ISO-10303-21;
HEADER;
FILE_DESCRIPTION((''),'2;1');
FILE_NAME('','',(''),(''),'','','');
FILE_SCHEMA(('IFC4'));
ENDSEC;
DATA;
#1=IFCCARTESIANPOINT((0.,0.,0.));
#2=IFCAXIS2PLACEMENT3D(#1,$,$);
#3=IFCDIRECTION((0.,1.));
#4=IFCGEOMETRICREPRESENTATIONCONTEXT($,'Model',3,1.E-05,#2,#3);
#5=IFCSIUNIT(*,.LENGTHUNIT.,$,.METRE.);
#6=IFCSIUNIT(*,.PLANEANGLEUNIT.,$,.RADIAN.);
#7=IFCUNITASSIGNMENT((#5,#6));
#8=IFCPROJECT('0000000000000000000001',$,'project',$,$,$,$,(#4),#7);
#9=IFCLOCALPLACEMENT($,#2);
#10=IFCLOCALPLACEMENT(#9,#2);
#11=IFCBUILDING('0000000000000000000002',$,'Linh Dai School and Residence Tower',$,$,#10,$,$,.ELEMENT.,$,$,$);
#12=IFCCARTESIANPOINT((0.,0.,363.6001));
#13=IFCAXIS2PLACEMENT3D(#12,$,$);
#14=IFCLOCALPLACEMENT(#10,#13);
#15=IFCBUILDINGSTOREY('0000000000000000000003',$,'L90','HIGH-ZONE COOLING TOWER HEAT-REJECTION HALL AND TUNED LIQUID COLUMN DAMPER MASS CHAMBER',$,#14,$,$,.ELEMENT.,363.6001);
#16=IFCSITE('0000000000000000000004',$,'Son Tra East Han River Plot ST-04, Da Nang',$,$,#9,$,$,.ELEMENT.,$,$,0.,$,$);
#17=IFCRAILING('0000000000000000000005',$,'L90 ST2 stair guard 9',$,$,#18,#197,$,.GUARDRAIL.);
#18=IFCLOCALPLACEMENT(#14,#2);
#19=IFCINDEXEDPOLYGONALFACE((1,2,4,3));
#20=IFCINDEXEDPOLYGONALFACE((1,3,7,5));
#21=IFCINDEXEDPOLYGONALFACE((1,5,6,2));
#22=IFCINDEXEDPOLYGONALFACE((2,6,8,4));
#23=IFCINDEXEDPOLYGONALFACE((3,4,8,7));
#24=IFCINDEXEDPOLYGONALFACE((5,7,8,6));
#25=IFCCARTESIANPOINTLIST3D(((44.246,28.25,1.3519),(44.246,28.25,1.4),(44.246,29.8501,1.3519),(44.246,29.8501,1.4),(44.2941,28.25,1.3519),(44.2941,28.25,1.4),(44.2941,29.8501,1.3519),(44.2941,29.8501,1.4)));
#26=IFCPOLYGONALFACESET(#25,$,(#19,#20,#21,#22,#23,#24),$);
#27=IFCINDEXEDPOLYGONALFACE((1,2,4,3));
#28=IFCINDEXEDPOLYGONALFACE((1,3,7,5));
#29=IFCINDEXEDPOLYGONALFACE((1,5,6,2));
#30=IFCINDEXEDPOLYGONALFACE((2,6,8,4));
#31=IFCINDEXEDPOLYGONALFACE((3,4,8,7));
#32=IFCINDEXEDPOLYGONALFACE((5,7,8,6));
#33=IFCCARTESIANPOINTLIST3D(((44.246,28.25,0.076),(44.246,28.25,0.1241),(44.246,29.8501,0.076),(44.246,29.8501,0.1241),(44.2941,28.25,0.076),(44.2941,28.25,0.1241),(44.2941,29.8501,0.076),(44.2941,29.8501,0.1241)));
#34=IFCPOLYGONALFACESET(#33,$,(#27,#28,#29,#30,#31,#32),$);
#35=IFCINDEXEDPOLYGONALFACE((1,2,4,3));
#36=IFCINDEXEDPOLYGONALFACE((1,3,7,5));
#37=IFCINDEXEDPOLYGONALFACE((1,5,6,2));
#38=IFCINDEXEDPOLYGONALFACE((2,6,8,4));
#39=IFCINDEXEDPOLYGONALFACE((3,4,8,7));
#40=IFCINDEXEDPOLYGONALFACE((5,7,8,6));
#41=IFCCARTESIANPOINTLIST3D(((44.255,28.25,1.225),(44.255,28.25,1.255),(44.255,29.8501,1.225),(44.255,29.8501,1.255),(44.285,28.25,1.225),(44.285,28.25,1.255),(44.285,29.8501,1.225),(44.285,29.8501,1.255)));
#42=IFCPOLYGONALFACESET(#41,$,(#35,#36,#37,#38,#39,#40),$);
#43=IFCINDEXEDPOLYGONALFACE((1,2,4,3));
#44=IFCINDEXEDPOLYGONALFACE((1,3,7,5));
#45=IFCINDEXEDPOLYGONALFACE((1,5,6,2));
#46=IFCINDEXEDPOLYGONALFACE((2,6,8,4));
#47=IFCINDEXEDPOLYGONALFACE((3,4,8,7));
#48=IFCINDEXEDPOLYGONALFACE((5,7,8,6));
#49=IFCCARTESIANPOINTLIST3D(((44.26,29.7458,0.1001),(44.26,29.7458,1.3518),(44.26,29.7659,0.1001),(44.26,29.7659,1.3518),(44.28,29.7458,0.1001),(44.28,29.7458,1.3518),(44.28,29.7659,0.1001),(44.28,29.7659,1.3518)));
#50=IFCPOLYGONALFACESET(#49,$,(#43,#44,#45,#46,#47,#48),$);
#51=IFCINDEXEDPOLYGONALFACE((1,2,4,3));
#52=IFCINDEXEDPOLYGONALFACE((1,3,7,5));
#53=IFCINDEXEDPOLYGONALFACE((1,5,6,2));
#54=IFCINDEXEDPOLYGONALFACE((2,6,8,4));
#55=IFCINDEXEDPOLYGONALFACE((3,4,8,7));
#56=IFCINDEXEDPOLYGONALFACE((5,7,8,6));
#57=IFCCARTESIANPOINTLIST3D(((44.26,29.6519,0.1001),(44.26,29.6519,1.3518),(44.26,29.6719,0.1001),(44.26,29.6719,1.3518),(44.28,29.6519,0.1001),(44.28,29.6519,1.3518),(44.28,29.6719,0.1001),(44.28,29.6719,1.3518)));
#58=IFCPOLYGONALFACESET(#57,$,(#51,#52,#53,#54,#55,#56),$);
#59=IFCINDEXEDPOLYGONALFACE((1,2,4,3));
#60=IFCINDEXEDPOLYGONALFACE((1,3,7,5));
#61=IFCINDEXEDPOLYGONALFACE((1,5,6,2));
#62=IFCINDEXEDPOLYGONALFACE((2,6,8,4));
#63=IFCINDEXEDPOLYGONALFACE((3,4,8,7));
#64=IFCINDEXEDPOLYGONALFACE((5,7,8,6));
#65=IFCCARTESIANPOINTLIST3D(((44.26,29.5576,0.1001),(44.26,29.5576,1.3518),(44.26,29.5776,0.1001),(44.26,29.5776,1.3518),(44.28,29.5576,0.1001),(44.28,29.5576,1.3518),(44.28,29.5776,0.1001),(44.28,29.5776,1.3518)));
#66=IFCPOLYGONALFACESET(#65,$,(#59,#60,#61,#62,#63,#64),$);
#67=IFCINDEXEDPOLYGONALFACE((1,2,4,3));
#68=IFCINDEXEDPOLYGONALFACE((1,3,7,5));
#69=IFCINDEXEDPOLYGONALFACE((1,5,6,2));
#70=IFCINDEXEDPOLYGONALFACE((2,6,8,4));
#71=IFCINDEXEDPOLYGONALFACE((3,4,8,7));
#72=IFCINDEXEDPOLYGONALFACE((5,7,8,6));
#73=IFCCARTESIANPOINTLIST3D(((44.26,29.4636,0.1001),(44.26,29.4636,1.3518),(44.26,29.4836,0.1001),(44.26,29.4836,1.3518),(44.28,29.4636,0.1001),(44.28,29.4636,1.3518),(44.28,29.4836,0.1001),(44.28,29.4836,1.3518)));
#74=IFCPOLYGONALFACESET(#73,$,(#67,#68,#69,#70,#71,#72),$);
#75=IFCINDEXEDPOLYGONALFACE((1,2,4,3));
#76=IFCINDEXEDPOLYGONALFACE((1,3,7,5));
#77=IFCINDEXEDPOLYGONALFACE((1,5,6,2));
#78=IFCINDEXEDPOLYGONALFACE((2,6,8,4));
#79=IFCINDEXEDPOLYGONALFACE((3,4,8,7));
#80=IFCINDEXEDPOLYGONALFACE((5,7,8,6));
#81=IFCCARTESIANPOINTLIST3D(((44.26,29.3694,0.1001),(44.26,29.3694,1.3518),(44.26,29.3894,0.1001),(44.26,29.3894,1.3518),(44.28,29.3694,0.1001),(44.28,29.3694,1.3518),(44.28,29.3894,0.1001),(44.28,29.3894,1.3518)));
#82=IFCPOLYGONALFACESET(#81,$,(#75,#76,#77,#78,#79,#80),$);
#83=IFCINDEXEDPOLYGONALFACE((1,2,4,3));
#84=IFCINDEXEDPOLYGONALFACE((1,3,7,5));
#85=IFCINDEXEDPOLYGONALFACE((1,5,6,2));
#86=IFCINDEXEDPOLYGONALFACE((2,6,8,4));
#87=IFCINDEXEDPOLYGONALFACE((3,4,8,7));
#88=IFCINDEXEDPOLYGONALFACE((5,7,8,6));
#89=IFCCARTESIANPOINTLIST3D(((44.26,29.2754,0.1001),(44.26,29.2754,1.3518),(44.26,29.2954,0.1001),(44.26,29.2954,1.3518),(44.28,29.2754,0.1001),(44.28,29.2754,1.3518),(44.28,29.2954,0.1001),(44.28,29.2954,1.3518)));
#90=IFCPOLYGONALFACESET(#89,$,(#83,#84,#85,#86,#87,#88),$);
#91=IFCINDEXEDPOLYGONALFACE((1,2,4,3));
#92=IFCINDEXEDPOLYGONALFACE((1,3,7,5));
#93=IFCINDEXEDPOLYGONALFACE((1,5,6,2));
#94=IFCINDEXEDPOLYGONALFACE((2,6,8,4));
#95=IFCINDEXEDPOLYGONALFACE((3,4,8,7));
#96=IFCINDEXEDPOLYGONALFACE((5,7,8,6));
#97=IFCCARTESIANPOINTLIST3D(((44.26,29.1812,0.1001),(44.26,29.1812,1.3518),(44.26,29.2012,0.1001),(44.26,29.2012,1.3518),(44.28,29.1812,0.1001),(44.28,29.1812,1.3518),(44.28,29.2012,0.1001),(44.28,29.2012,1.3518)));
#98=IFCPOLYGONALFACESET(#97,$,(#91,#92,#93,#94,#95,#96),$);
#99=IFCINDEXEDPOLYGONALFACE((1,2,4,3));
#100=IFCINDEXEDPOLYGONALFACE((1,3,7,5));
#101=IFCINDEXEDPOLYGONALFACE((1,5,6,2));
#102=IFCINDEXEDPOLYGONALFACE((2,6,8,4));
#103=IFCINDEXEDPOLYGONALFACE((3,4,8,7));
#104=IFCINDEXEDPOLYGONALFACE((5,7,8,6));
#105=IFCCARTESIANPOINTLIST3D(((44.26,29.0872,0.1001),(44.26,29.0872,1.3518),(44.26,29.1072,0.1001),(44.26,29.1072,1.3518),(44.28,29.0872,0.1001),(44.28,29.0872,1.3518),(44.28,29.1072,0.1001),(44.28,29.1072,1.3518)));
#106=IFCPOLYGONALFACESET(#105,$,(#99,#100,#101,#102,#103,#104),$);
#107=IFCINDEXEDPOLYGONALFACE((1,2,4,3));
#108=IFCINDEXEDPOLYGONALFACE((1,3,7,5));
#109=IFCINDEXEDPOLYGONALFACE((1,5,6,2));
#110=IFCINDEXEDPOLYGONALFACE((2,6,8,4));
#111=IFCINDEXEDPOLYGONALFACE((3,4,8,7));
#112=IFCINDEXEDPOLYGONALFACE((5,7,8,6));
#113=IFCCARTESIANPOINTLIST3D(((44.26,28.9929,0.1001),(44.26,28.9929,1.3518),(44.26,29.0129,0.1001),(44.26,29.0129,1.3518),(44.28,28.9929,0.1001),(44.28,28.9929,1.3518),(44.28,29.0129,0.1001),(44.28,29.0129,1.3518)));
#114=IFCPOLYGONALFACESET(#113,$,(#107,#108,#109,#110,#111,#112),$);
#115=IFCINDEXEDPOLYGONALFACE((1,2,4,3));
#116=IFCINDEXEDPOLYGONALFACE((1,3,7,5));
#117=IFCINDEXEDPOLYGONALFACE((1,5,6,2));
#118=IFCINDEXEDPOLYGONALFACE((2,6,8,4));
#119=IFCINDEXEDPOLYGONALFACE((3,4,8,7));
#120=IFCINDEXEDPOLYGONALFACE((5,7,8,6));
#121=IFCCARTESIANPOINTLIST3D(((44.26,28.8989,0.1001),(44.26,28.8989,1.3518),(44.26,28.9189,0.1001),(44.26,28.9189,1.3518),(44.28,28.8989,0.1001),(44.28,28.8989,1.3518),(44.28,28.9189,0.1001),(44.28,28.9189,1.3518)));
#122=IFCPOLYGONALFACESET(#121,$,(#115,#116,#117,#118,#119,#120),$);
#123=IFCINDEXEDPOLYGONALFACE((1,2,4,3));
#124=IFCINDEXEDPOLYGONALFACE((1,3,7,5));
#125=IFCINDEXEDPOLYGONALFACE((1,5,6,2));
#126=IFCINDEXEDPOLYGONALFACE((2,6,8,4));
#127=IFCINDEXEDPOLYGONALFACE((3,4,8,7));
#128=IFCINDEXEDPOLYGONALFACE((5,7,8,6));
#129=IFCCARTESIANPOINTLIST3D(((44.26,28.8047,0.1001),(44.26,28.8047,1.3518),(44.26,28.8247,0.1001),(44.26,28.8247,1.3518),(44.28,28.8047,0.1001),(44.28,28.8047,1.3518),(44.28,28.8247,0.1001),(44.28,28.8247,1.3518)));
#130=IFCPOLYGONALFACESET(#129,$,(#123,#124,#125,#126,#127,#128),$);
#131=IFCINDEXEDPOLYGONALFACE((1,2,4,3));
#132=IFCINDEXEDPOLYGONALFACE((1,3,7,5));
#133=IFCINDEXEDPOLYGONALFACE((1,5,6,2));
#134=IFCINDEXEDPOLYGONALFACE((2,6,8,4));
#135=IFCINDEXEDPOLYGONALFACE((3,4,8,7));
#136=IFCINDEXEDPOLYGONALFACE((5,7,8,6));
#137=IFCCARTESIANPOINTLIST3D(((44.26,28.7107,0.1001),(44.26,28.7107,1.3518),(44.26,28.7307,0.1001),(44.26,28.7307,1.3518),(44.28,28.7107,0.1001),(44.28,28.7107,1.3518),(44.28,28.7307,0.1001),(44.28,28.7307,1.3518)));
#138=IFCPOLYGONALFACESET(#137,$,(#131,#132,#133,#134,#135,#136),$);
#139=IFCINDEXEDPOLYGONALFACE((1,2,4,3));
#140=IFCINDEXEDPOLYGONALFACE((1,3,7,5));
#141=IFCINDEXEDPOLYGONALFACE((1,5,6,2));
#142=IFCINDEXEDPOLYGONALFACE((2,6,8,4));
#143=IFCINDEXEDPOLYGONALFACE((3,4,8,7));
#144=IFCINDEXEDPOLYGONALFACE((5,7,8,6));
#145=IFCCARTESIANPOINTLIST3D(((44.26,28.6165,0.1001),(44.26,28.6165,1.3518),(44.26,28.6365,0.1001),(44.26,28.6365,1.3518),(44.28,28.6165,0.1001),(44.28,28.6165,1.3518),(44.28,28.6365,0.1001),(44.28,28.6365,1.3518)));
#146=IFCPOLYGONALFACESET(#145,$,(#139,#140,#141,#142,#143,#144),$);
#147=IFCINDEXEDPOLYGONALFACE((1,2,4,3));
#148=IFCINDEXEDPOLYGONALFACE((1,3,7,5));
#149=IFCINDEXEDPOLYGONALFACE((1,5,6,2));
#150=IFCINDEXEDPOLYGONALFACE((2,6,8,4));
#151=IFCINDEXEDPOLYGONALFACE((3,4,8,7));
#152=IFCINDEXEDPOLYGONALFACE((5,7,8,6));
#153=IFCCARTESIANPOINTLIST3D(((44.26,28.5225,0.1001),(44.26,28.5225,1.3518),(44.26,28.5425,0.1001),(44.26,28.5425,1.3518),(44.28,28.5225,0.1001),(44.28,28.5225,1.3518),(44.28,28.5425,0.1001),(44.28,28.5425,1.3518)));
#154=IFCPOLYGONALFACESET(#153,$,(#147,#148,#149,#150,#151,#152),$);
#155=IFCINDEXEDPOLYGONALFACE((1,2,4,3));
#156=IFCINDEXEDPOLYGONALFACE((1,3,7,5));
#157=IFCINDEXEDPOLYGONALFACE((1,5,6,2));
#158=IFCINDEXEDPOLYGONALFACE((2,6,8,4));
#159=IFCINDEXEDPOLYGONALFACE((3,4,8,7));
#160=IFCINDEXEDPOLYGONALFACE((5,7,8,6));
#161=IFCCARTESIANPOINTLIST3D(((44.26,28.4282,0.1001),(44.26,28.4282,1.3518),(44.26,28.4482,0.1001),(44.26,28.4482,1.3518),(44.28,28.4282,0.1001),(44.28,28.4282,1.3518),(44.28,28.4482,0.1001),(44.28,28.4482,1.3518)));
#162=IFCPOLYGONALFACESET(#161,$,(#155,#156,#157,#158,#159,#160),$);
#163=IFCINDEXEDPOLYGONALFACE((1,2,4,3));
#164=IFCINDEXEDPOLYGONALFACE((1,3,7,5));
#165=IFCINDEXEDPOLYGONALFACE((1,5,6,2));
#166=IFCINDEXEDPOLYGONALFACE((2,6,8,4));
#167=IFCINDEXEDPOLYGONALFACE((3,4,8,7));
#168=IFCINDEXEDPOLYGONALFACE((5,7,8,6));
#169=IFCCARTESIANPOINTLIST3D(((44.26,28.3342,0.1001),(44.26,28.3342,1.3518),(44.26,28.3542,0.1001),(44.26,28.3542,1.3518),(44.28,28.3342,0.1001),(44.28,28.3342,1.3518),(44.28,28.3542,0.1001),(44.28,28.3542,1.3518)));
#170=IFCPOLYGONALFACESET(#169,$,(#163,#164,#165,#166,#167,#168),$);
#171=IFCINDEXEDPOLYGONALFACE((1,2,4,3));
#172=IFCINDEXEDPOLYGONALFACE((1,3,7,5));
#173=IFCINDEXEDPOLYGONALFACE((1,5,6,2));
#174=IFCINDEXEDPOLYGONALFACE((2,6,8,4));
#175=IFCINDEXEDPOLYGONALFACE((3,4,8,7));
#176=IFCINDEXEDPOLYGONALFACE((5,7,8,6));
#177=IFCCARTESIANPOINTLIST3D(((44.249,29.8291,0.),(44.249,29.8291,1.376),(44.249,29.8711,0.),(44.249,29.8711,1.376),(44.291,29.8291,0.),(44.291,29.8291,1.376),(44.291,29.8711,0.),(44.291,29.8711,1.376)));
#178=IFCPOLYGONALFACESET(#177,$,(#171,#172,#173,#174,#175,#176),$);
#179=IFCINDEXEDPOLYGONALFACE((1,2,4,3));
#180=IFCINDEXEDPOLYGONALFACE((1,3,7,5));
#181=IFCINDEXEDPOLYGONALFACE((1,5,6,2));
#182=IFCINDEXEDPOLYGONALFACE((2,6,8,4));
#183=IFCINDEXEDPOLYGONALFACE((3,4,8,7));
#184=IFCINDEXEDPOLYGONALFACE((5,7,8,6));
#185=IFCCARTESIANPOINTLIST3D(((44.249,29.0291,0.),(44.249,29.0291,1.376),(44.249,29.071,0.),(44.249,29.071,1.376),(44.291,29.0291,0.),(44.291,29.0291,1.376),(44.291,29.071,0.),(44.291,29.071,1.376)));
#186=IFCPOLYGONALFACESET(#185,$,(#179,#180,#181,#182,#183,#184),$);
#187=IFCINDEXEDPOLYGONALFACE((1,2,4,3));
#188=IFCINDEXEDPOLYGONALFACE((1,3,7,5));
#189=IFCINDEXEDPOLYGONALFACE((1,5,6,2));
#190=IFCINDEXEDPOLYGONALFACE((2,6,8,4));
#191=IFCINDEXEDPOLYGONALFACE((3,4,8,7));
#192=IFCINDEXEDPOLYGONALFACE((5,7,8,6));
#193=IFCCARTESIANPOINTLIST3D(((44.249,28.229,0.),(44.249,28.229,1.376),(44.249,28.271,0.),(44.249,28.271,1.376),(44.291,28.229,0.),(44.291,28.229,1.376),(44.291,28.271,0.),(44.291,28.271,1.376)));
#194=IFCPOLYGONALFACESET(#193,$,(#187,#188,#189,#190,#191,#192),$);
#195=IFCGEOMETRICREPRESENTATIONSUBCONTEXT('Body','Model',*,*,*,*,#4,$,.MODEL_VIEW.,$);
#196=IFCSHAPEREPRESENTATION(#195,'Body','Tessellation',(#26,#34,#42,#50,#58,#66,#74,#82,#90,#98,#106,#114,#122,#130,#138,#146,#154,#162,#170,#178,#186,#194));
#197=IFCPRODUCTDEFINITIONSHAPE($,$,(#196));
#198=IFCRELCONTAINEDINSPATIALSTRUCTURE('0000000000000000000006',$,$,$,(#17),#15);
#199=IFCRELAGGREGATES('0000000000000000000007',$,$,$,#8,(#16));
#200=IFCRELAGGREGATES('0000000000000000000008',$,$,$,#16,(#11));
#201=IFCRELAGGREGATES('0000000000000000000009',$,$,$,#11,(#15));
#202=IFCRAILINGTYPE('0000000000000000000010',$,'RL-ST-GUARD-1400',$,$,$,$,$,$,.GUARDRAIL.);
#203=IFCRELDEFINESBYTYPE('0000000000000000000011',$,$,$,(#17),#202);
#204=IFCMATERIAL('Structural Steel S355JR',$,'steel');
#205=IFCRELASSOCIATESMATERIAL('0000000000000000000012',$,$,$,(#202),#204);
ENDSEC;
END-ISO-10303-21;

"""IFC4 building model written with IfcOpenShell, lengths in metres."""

from ifc_helpers import new_model, si_unit, direction, frame, origin, origin_2d, place, context, subcontext, project, spatial, rectangle, extrude, source, transform, mapped, material, type_object, element, save


model = new_model("IFC4")

# Units and contexts
model_context = context("Model", 3, precision=1e-05, world=origin(), true_north=direction((0.0, 1.0)))
body_context = subcontext(model_context, "Body", "Model", "MODEL_VIEW")
ifc_project = project(units=[si_unit("LENGTHUNIT", "METRE"), si_unit("PLANEANGLEUNIT", "RADIAN")], contexts=[model_context])

# Site, building, storey
site_placement = place(None, origin())
site = spatial("IfcSite", under=ifc_project, at=site_placement, Name="Son Tra East Han River Plot ST-04, Da Nang", CompositionType="ELEMENT", RefElevation=0.0)
building_placement = place(site_placement, origin())
building = spatial("IfcBuilding", under=site, at=building_placement, Name="Linh Dai School and Residence Tower", CompositionType="ELEMENT")
storey_placement = place(building_placement, frame((0.0, 0.0, 363.6001)))
storey = spatial("IfcBuildingStorey", under=building, at=storey_placement, Name="L90", Description="HIGH-ZONE COOLING TOWER HEAT-REJECTION HALL AND TUNED LIQUID COLUMN DAMPER MASS CHAMBER", CompositionType="ELEMENT", Elevation=363.6001)

# Shared definitions
ifc_material_1 = material(Name="Structural Steel S355JR", Category="steel")

# Railing
railing_type_1 = type_object("IfcRailingType", Name="RL-ST-GUARD-1400", PredefinedType="GUARDRAIL", material=ifc_material_1)
shared_shape_1 = source(origin(), body_context, "Body", "SweptSolid", [
    extrude(rectangle(XDim=0.0481, YDim=0.0481, at=origin_2d()), frame((0.0, 0.0, 1.376), z_axis=(0.0, -1.0, 0.0), x_axis=(1.0, 0.0, 0.0)), (0.0, 0.0, 1.0), 1.6001),
    extrude(rectangle(XDim=0.0481, YDim=0.0481, at=origin_2d()), frame((0.0, 0.0, 0.1001), z_axis=(0.0, -1.0, 0.0), x_axis=(1.0, 0.0, 0.0)), (0.0, 0.0, 1.0), 1.6001),
    extrude(rectangle(XDim=0.03, YDim=0.03, at=origin_2d()), frame((0.0, 0.0, 1.24), z_axis=(0.0, -1.0, 0.0), x_axis=(1.0, 0.0, 0.0)), (0.0, 0.0, 1.0), 1.6001),
    extrude(rectangle(XDim=0.02, YDim=0.02, at=origin_2d()), frame((0.0, -0.0942, 0.1001)), (0.0, 0.0, 1.0), 1.2517),
    extrude(rectangle(XDim=0.02, YDim=0.02, at=origin_2d()), frame((0.0, -0.1882, 0.1001)), (0.0, 0.0, 1.0), 1.2517),
    extrude(rectangle(XDim=0.02, YDim=0.02, at=origin_2d()), frame((0.0, -0.2825, 0.1001)), (0.0, 0.0, 1.0), 1.2517),
    extrude(rectangle(XDim=0.02, YDim=0.02, at=origin_2d()), frame((0.0, -0.3765, 0.1001)), (0.0, 0.0, 1.0), 1.2517),
    extrude(rectangle(XDim=0.02, YDim=0.02, at=origin_2d()), frame((0.0, -0.4707, 0.1001)), (0.0, 0.0, 1.0), 1.2517),
    extrude(rectangle(XDim=0.02, YDim=0.02, at=origin_2d()), frame((0.0, -0.5647, 0.1001)), (0.0, 0.0, 1.0), 1.2517),
    extrude(rectangle(XDim=0.02, YDim=0.02, at=origin_2d()), frame((0.0, -0.6589, 0.1001)), (0.0, 0.0, 1.0), 1.2517),
    extrude(rectangle(XDim=0.02, YDim=0.02, at=origin_2d()), frame((0.0, -0.7529, 0.1001)), (0.0, 0.0, 1.0), 1.2517),
    extrude(rectangle(XDim=0.02, YDim=0.02, at=origin_2d()), frame((0.0, -0.8472, 0.1001)), (0.0, 0.0, 1.0), 1.2517),
    extrude(rectangle(XDim=0.02, YDim=0.02, at=origin_2d()), frame((0.0, -0.9412, 0.1001)), (0.0, 0.0, 1.0), 1.2517),
    extrude(rectangle(XDim=0.02, YDim=0.02, at=origin_2d()), frame((0.0, -1.0354, 0.1001)), (0.0, 0.0, 1.0), 1.2517),
    extrude(rectangle(XDim=0.02, YDim=0.02, at=origin_2d()), frame((0.0, -1.1294, 0.1001)), (0.0, 0.0, 1.0), 1.2517),
    extrude(rectangle(XDim=0.02, YDim=0.02, at=origin_2d()), frame((0.0, -1.2236, 0.1001)), (0.0, 0.0, 1.0), 1.2517),
    extrude(rectangle(XDim=0.02, YDim=0.02, at=origin_2d()), frame((0.0, -1.3176, 0.1001)), (0.0, 0.0, 1.0), 1.2517),
    extrude(rectangle(XDim=0.02, YDim=0.02, at=origin_2d()), frame((0.0, -1.4119, 0.1001)), (0.0, 0.0, 1.0), 1.2517),
    extrude(rectangle(XDim=0.02, YDim=0.02, at=origin_2d()), frame((0.0, -1.5059, 0.1001)), (0.0, 0.0, 1.0), 1.2517),
    extrude(rectangle(XDim=0.042, YDim=0.042, at=origin_2d()), origin(), (0.0, 0.0, 1.0), 1.376),
    extrude(rectangle(XDim=0.042, YDim=0.042, at=origin_2d()), frame((0.0, -0.8, 0.0)), (0.0, 0.0, 1.0), 1.376),
    extrude(rectangle(XDim=0.042, YDim=0.042, at=origin_2d()), frame((0.0, -1.6001, 0.0)), (0.0, 0.0, 1.0), 1.376),
])
for number, where, name in (
    (1, (44.27, 29.8501, 0.0), "L90 ST2 stair guard 9"),
):
    element("IfcRailing", number, at=place(storey_placement, frame(where)), inside=storey, type_object=railing_type_1, Name=name, PredefinedType="GUARDRAIL", context=body_context, shape_type="MappedRepresentation", body=[
        mapped(shared_shape_1, transform((0.0, 0.0, 0.0), x_axis=(1.0, 0.0, 0.0), y_axis=(0.0, 1.0, 0.0), z_axis=(0.0, 0.0, 1.0), scale=1.0)),
    ])

save(model, "model.ifc")
